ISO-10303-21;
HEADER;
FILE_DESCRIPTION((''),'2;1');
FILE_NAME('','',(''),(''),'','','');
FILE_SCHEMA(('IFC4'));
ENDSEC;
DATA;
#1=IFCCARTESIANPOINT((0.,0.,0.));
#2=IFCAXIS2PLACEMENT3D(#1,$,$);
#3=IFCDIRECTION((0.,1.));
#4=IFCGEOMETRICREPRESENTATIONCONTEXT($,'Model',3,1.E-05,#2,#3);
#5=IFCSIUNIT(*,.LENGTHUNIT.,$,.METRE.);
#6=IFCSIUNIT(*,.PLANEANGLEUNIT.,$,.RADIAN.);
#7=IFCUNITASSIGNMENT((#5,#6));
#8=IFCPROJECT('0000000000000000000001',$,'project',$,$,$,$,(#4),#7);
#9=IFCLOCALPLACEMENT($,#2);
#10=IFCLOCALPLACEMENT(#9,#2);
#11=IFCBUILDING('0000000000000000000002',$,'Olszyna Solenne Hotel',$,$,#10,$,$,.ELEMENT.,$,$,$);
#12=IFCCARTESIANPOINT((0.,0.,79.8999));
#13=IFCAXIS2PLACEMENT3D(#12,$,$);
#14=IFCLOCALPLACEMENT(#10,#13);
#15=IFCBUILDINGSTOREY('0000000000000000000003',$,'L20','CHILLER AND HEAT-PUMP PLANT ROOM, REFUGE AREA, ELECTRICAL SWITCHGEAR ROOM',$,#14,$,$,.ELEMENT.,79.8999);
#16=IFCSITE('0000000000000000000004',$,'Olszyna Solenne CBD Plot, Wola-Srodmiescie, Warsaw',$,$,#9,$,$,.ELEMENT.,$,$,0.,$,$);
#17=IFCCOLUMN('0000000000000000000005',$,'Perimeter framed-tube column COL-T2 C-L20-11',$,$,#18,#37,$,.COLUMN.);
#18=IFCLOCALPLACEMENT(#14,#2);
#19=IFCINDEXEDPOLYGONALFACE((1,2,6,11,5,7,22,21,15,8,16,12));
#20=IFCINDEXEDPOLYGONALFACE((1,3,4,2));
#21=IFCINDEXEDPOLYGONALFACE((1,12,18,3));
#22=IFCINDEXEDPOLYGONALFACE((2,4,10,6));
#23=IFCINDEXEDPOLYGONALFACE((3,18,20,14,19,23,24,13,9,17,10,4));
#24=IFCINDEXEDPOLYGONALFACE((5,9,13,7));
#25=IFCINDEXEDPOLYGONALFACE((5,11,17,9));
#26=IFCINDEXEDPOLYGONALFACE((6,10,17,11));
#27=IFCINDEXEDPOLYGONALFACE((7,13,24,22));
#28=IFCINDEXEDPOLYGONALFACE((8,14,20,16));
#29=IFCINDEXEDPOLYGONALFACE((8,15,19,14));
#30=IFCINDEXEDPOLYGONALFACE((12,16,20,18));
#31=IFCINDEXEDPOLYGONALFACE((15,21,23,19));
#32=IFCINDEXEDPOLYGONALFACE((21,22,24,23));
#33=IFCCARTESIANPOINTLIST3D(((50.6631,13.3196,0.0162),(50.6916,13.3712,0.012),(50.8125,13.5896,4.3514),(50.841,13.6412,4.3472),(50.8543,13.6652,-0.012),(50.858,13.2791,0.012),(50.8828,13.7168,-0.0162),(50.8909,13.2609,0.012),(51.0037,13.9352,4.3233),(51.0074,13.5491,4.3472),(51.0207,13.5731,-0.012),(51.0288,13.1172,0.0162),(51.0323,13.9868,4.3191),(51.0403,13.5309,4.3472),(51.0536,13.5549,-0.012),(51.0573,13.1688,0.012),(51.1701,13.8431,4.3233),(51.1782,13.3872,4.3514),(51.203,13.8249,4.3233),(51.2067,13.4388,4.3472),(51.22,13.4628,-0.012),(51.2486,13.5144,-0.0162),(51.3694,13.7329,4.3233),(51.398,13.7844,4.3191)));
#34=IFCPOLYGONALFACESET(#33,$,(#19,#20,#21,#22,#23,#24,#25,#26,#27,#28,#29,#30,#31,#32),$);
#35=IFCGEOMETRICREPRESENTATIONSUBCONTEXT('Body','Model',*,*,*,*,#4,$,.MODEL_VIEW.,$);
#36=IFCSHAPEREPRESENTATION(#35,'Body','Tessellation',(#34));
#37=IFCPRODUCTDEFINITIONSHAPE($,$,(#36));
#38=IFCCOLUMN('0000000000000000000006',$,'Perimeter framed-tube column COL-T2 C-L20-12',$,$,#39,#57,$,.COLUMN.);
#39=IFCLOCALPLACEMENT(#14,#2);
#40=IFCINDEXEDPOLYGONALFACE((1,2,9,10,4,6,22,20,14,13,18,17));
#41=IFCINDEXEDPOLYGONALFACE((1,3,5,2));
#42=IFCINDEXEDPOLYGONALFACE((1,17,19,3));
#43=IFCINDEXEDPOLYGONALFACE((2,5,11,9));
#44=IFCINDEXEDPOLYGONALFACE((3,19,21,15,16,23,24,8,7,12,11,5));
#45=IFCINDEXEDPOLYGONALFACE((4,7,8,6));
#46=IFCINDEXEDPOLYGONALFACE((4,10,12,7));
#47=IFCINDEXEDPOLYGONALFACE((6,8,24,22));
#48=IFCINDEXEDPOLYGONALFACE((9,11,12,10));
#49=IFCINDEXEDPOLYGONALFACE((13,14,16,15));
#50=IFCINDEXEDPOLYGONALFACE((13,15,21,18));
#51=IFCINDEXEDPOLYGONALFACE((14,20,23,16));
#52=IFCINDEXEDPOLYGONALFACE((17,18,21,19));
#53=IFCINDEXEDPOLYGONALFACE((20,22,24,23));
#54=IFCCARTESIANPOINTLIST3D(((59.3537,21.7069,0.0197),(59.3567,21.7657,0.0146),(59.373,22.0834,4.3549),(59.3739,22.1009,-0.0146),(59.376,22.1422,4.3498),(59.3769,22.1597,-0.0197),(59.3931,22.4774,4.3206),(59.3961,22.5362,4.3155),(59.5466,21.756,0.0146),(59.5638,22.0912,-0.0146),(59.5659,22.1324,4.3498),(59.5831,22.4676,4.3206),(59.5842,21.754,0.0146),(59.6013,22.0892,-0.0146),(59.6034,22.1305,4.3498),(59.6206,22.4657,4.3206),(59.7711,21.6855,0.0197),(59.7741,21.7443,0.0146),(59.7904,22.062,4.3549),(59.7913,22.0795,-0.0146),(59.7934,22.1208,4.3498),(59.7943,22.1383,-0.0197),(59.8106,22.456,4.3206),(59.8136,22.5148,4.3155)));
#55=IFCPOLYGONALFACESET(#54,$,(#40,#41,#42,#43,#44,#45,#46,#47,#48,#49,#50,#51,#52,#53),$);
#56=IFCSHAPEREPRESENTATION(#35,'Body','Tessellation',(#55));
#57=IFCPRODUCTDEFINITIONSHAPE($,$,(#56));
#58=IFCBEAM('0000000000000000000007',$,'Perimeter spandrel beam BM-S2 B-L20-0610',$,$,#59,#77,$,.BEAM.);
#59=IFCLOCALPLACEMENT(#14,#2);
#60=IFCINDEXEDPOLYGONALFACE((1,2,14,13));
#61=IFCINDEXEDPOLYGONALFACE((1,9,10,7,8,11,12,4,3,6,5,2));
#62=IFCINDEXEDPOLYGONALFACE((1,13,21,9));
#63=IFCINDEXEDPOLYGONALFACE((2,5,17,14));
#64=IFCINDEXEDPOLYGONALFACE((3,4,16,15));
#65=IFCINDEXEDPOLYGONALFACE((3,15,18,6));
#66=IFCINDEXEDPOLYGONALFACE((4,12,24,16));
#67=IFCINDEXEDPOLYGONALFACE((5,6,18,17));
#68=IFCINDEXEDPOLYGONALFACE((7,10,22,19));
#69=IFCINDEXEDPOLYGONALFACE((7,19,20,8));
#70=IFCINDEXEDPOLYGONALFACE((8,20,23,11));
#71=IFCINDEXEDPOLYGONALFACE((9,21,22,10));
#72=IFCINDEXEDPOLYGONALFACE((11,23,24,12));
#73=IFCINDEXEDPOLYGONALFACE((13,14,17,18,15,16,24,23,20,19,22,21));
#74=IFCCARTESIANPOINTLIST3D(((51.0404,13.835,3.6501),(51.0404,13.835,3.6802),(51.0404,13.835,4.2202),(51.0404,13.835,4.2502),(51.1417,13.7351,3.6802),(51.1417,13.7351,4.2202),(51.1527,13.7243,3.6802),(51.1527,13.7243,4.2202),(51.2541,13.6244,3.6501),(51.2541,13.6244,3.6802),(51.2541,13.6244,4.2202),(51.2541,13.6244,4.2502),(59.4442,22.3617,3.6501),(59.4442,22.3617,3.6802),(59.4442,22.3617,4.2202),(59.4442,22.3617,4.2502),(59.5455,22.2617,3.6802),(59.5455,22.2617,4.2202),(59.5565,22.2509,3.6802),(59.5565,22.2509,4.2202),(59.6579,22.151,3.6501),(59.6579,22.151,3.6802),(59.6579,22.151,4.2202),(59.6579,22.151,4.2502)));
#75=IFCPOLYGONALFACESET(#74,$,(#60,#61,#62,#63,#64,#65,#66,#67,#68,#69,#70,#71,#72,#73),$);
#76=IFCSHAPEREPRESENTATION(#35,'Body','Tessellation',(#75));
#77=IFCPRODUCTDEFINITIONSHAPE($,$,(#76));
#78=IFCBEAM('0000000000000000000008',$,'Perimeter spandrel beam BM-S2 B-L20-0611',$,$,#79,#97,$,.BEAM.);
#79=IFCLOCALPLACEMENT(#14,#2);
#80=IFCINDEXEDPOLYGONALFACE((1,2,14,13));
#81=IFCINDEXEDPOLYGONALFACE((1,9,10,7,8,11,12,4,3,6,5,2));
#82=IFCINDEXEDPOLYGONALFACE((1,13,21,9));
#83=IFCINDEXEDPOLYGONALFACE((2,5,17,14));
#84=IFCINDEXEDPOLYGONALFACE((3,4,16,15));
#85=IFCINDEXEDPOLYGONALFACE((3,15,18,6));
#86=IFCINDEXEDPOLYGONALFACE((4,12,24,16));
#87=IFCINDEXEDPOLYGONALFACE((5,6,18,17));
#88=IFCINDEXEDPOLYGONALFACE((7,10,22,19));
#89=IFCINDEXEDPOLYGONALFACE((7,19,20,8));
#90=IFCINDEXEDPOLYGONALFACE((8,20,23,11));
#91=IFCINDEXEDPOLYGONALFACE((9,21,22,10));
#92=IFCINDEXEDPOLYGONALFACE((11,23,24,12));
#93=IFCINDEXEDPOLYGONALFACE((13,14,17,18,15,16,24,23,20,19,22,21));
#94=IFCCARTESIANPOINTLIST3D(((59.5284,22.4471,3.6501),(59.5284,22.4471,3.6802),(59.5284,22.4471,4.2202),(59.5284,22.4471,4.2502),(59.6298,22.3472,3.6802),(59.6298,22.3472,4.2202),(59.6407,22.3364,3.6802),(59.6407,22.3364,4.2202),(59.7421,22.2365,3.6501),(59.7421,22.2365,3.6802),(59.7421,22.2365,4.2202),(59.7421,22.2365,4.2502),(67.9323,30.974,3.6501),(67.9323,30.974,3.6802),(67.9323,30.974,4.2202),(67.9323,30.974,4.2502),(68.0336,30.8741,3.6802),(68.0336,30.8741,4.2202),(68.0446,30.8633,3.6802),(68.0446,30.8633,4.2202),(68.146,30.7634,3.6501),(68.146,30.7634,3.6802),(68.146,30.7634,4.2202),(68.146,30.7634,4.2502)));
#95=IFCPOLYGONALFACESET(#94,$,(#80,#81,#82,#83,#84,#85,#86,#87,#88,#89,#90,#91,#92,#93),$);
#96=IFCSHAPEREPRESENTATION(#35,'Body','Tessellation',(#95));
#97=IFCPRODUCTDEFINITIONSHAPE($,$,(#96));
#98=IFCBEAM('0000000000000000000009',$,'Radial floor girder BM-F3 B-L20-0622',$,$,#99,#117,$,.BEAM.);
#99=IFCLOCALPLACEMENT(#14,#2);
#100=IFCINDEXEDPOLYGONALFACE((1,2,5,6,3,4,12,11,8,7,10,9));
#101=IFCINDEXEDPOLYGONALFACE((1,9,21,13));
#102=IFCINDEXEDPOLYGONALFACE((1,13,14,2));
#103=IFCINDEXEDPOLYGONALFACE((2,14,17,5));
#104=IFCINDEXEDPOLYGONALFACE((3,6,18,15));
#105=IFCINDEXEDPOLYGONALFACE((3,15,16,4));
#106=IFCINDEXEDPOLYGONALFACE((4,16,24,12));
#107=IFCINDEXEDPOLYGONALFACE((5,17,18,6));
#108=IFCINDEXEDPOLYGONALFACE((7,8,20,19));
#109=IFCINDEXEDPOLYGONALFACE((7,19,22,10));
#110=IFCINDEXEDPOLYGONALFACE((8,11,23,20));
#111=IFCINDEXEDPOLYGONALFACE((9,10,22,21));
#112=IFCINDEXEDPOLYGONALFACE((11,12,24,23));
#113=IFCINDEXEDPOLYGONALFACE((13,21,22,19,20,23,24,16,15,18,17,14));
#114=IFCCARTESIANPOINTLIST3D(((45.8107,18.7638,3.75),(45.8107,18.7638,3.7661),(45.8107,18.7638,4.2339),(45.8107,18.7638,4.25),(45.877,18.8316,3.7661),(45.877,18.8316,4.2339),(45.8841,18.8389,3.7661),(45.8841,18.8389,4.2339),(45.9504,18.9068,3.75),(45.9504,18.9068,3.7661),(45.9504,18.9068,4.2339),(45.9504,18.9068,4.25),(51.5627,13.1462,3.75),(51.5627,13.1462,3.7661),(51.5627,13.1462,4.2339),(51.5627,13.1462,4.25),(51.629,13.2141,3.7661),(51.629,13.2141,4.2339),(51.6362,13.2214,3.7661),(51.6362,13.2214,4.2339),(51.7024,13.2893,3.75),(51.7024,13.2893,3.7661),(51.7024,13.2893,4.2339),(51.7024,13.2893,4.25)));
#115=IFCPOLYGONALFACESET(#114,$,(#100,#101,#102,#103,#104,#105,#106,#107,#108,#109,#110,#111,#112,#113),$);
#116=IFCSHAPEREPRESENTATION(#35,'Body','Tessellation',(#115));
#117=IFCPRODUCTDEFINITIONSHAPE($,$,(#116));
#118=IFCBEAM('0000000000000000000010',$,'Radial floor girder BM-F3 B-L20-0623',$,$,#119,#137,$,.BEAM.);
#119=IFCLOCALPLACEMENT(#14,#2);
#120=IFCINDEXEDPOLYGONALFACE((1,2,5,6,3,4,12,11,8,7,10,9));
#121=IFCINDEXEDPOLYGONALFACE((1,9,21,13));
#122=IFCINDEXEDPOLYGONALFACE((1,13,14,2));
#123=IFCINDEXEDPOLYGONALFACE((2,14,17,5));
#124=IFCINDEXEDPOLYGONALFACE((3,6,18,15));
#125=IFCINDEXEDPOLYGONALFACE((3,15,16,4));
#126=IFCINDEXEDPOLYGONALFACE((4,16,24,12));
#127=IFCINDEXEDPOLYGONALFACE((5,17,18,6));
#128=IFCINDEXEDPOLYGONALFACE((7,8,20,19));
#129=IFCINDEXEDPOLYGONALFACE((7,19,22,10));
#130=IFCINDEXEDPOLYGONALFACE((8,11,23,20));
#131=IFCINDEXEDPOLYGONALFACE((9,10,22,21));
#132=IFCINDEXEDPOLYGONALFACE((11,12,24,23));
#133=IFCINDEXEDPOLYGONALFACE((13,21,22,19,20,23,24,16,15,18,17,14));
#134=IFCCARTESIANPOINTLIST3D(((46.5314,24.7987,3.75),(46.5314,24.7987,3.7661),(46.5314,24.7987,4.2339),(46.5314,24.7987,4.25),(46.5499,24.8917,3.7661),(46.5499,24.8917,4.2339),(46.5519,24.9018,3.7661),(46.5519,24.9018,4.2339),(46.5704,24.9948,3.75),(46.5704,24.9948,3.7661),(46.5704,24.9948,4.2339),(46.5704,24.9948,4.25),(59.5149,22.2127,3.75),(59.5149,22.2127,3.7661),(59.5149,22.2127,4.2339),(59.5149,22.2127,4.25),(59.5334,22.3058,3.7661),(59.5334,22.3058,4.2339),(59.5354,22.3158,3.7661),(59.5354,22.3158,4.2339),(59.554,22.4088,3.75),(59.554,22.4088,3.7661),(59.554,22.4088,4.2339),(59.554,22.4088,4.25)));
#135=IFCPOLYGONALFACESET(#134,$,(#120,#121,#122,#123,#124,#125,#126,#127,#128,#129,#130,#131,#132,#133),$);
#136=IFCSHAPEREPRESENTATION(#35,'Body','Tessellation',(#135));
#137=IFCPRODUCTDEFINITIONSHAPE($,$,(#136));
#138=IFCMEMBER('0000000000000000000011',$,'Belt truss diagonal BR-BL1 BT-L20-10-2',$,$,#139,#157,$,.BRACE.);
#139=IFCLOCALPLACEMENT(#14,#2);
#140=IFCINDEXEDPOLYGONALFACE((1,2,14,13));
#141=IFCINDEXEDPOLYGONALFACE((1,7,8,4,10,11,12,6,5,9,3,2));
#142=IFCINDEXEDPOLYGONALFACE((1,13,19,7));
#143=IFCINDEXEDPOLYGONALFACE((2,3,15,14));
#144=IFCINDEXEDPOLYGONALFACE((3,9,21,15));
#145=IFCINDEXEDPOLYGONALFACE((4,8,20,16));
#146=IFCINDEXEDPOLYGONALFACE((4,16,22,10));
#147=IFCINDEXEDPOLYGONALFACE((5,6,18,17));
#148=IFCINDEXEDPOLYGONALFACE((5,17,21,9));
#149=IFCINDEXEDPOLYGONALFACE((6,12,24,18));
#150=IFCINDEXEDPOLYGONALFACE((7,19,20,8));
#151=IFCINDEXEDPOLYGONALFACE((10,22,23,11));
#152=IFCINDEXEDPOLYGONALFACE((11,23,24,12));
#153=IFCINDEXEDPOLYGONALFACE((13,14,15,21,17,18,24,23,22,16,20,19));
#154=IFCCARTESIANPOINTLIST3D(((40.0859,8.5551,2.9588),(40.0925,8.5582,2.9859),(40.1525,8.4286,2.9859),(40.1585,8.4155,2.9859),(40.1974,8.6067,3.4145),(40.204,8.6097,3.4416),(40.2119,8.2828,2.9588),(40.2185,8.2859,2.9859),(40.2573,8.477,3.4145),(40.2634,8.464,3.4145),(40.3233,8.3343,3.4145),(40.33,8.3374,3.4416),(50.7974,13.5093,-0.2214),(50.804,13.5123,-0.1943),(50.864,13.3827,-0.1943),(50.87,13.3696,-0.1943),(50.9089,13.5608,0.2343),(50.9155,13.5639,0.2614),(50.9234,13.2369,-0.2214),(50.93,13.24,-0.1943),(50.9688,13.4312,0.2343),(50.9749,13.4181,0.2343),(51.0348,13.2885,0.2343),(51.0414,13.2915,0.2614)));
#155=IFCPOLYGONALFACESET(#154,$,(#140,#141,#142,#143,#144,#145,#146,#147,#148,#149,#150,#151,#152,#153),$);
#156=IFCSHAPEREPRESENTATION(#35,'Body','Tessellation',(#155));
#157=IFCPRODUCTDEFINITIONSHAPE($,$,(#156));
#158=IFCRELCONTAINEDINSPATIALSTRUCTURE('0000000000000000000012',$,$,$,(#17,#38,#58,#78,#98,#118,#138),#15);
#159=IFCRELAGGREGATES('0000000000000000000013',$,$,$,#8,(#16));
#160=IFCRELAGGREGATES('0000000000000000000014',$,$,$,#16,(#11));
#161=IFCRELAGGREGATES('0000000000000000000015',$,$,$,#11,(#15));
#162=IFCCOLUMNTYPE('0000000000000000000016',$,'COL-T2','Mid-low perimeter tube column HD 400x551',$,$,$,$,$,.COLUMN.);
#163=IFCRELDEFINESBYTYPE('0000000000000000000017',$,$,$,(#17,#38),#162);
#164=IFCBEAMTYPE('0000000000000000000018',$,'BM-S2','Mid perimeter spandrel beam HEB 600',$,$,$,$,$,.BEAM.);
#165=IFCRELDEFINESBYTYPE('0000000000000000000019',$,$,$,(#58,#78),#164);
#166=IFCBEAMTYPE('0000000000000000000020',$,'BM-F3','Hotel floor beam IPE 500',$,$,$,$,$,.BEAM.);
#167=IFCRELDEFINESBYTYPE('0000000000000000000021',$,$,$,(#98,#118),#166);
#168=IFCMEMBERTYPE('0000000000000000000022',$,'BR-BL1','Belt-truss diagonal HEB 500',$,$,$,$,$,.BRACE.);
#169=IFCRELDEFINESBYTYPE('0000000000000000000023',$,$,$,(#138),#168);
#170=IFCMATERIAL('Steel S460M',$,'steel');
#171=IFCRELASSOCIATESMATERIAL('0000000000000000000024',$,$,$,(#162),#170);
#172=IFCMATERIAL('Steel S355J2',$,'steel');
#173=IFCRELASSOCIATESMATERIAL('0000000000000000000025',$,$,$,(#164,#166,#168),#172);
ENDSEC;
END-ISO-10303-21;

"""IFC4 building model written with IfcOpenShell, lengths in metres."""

from ifc_helpers import new_model, si_unit, direction, frame, origin, origin_2d, place, context, subcontext, project, spatial, i_section, extrude, source, transform, mapped, material, material_profile, profile_set, type_object, element, save


model = new_model("IFC4")

# Units and contexts
model_context = context("Model", 3, precision=1e-05, world=origin(), true_north=direction((0.0, 1.0)))
body_context = subcontext(model_context, "Body", "Model", "MODEL_VIEW")
ifc_project = project(units=[si_unit("LENGTHUNIT", "METRE"), si_unit("PLANEANGLEUNIT", "RADIAN")], contexts=[model_context])

# Site, building, storey
site_placement = place(None, origin())
site = spatial("IfcSite", under=ifc_project, at=site_placement, Name="Olszyna Solenne CBD Plot, Wola-Srodmiescie, Warsaw", CompositionType="ELEMENT", RefElevation=0.0)
building_placement = place(site_placement, origin())
building = spatial("IfcBuilding", under=site, at=building_placement, Name="Olszyna Solenne Hotel", CompositionType="ELEMENT")
storey_placement = place(building_placement, frame((0.0, 0.0, 79.8999)))
storey = spatial("IfcBuildingStorey", under=building, at=storey_placement, Name="L20", Description="CHILLER AND HEAT-PUMP PLANT ROOM, REFUGE AREA, ELECTRICAL SWITCHGEAR ROOM", CompositionType="ELEMENT", Elevation=79.8999)

# Columns
ifc_material_1 = material(Name="Steel S460M", Category="steel")
ifc_material_profile_1 = material_profile(ifc_material_1, i_section(OverallWidth=0.418, OverallDepth=0.4551, WebThickness=0.0376, FlangeThickness=0.0591, at=origin_2d()), Name="HD 400x551", Category="load-bearing")
ifc_profile_set_1 = profile_set([ifc_material_profile_1], Name="Steel S460M")
column_type = type_object("IfcColumnType", Name="COL-T2", Description="Mid-low perimeter tube column HD 400x551", PredefinedType="COLUMN", material=ifc_profile_set_1)
shared_shape_1 = source(origin(), body_context, "Body", "SweptSolid", [
    extrude(i_section(OverallWidth=0.418, OverallDepth=0.4551, WebThickness=0.0376, FlangeThickness=0.0591, at=origin_2d()), origin(), (0.0, 0.0, 1.0), 4.3462),
])
column_1_placement = place(storey_placement, frame((50.9558, 13.417, 0.0), z_axis=(0.034378, 0.062128, 0.997476), x_axis=(-0.874977, 0.484164, 0.0)))
element("IfcColumn", 1, at=column_1_placement, inside=storey, type_object=column_type, Name="Perimeter framed-tube column COL-T2 C-L20-11", PredefinedType="COLUMN", context=body_context, shape_type="MappedRepresentation", body=[
    mapped(shared_shape_1, transform((0.0, 0.0, 0.0), x_axis=(1.0, 0.0, 0.0), y_axis=(0.0, 1.0, 0.0), z_axis=(0.0, 0.0, 1.0), scale=1.0)),
])
shared_shape_2 = source(origin(), body_context, "Body", "SweptSolid", [
    extrude(i_section(OverallWidth=0.418, OverallDepth=0.4551, WebThickness=0.0376, FlangeThickness=0.0591, at=origin_2d()), origin(), (0.0, 0.0, 1.0), 4.3516),
])
column_2_placement = place(storey_placement, frame((59.574, 21.9226, 0.0), z_axis=(0.004432, 0.086513, 0.996241), x_axis=(-0.99869, 0.051165, 0.0)))
element("IfcColumn", 2, at=column_2_placement, inside=storey, type_object=column_type, Name="Perimeter framed-tube column COL-T2 C-L20-12", PredefinedType="COLUMN", context=body_context, shape_type="MappedRepresentation", body=[
    mapped(shared_shape_2, transform((0.0, 0.0, 0.0), x_axis=(1.0, 0.0, 0.0), y_axis=(0.0, 1.0, 0.0), z_axis=(0.0, 0.0, 1.0), scale=1.0)),
])

# Beams
ifc_material_2 = material(Name="Steel S355J2", Category="steel")
ifc_material_profile_2 = material_profile(ifc_material_2, i_section(OverallWidth=0.3, OverallDepth=0.6001, WebThickness=0.0154, FlangeThickness=0.03, at=origin_2d()), Name="HEB 600", Category="load-bearing")
ifc_profile_set_2 = profile_set([ifc_material_profile_2], Name="Steel S355J2")
beam_type_1 = type_object("IfcBeamType", Name="BM-S2", Description="Mid perimeter spandrel beam HEB 600", PredefinedType="BEAM", material=ifc_profile_set_2)
shared_shape_3 = source(origin(), body_context, "Body", "SweptSolid", [
    extrude(i_section(OverallWidth=0.3, OverallDepth=0.6001, WebThickness=0.0154, FlangeThickness=0.03, at=origin_2d()), origin(), (0.0, 0.0, 1.0), 11.9719),
])
beam_1_placement = place(storey_placement, frame((51.1472, 13.7297, 3.9502), z_axis=(0.701959, 0.712217, 0.0), x_axis=(-0.712217, 0.701959, 0.0)))
element("IfcBeam", 3, at=beam_1_placement, inside=storey, type_object=beam_type_1, Name="Perimeter spandrel beam BM-S2 B-L20-0610", PredefinedType="BEAM", context=body_context, shape_type="MappedRepresentation", body=[
    mapped(shared_shape_3, transform((0.0, 0.0, 0.0), x_axis=(1.0, 0.0, 0.0), y_axis=(0.0, 1.0, 0.0), z_axis=(0.0, 0.0, 1.0), scale=1.0)),
])
shared_shape_4 = source(origin(), body_context, "Body", "SweptSolid", [
    extrude(i_section(OverallWidth=0.3, OverallDepth=0.6001, WebThickness=0.0154, FlangeThickness=0.03, at=origin_2d()), origin(), (0.0, 0.0, 1.0), 11.9722),
])
beam_2_placement = place(storey_placement, frame((59.6353, 22.3418, 3.9502), z_axis=(0.701949, 0.712227, 0.0), x_axis=(-0.712227, 0.701949, 0.0)))
element("IfcBeam", 4, at=beam_2_placement, inside=storey, type_object=beam_type_1, Name="Perimeter spandrel beam BM-S2 B-L20-0611", PredefinedType="BEAM", context=body_context, shape_type="MappedRepresentation", body=[
    mapped(shared_shape_4, transform((0.0, 0.0, 0.0), x_axis=(1.0, 0.0, 0.0), y_axis=(0.0, 1.0, 0.0), z_axis=(0.0, 0.0, 1.0), scale=1.0)),
])
ifc_material_profile_3 = material_profile(ifc_material_2, i_section(OverallWidth=0.2, OverallDepth=0.5, WebThickness=0.0103, FlangeThickness=0.0161, at=origin_2d()), Name="IPE 500", Category="load-bearing")
ifc_profile_set_3 = profile_set([ifc_material_profile_3], Name="Steel S355J2")
beam_type_2 = type_object("IfcBeamType", Name="BM-F3", Description="Hotel floor beam IPE 500", PredefinedType="BEAM", material=ifc_profile_set_3)
shared_shape_5 = source(origin(), body_context, "Body", "SweptSolid", [
    extrude(i_section(OverallWidth=0.2, OverallDepth=0.5, WebThickness=0.0103, FlangeThickness=0.0161, at=origin_2d()), origin(), (0.0, 0.0, 1.0), 8.04),
])
beam_3_placement = place(storey_placement, frame((51.6326, 13.2178, 4.0), z_axis=(-0.715423, 0.698691, 0.0), x_axis=(-0.698691, -0.715423, 0.0)))
element("IfcBeam", 5, at=beam_3_placement, inside=storey, type_object=beam_type_2, Name="Radial floor girder BM-F3 B-L20-0622", PredefinedType="BEAM", context=body_context, shape_type="MappedRepresentation", body=[
    mapped(shared_shape_5, transform((0.0, 0.0, 0.0), x_axis=(1.0, 0.0, 0.0), y_axis=(0.0, 1.0, 0.0), z_axis=(0.0, 0.0, 1.0), scale=1.0)),
])
shared_shape_6 = source(origin(), body_context, "Body", "SweptSolid", [
    extrude(i_section(OverallWidth=0.2, OverallDepth=0.5, WebThickness=0.0103, FlangeThickness=0.0161, at=origin_2d()), origin(), (0.0, 0.0, 1.0), 13.2385),
])
beam_4_placement = place(storey_placement, frame((59.5344, 22.3108, 4.0), z_axis=(-0.980736, 0.195336, 0.0), x_axis=(-0.195336, -0.980736, 0.0)))
element("IfcBeam", 6, at=beam_4_placement, inside=storey, type_object=beam_type_2, Name="Radial floor girder BM-F3 B-L20-0623", PredefinedType="BEAM", context=body_context, shape_type="MappedRepresentation", body=[
    mapped(shared_shape_6, transform((0.0, 0.0, 0.0), x_axis=(1.0, 0.0, 0.0), y_axis=(0.0, 1.0, 0.0), z_axis=(0.0, 0.0, 1.0), scale=1.0)),
])

# Member
ifc_material_profile_4 = material_profile(ifc_material_2, i_section(OverallWidth=0.3, OverallDepth=0.5, WebThickness=0.0144, FlangeThickness=0.0281, at=origin_2d()), Name="HEB 500", Category="load-bearing")
ifc_profile_set_4 = profile_set([ifc_material_profile_4], Name="Steel S355J2")
member_type_1 = type_object("IfcMemberType", Name="BR-BL1", Description="Belt-truss diagonal HEB 500", PredefinedType="BRACE", material=ifc_profile_set_4)
shared_shape_7 = source(origin(), body_context, "Body", "SweptSolid", [
    extrude(i_section(OverallWidth=0.3, OverallDepth=0.5, WebThickness=0.0144, FlangeThickness=0.0281, at=origin_2d()), origin(), (0.0, 0.0, 1.0), 12.2227),
])
member_1_placement = place(storey_placement, frame((50.9194, 13.4004, 0.02), z_axis=(-0.876364, -0.405324, 0.260189), x_axis=(0.419782, -0.907625, 0.0)))
element("IfcMember", 7, at=member_1_placement, inside=storey, type_object=member_type_1, Name="Belt truss diagonal BR-BL1 BT-L20-10-2", PredefinedType="BRACE", context=body_context, shape_type="MappedRepresentation", body=[
    mapped(shared_shape_7, transform((0.0, 0.0, 0.0), x_axis=(1.0, 0.0, 0.0), y_axis=(0.0, 1.0, 0.0), z_axis=(0.0, 0.0, 1.0), scale=1.0)),
])

save(model, "model.ifc")
